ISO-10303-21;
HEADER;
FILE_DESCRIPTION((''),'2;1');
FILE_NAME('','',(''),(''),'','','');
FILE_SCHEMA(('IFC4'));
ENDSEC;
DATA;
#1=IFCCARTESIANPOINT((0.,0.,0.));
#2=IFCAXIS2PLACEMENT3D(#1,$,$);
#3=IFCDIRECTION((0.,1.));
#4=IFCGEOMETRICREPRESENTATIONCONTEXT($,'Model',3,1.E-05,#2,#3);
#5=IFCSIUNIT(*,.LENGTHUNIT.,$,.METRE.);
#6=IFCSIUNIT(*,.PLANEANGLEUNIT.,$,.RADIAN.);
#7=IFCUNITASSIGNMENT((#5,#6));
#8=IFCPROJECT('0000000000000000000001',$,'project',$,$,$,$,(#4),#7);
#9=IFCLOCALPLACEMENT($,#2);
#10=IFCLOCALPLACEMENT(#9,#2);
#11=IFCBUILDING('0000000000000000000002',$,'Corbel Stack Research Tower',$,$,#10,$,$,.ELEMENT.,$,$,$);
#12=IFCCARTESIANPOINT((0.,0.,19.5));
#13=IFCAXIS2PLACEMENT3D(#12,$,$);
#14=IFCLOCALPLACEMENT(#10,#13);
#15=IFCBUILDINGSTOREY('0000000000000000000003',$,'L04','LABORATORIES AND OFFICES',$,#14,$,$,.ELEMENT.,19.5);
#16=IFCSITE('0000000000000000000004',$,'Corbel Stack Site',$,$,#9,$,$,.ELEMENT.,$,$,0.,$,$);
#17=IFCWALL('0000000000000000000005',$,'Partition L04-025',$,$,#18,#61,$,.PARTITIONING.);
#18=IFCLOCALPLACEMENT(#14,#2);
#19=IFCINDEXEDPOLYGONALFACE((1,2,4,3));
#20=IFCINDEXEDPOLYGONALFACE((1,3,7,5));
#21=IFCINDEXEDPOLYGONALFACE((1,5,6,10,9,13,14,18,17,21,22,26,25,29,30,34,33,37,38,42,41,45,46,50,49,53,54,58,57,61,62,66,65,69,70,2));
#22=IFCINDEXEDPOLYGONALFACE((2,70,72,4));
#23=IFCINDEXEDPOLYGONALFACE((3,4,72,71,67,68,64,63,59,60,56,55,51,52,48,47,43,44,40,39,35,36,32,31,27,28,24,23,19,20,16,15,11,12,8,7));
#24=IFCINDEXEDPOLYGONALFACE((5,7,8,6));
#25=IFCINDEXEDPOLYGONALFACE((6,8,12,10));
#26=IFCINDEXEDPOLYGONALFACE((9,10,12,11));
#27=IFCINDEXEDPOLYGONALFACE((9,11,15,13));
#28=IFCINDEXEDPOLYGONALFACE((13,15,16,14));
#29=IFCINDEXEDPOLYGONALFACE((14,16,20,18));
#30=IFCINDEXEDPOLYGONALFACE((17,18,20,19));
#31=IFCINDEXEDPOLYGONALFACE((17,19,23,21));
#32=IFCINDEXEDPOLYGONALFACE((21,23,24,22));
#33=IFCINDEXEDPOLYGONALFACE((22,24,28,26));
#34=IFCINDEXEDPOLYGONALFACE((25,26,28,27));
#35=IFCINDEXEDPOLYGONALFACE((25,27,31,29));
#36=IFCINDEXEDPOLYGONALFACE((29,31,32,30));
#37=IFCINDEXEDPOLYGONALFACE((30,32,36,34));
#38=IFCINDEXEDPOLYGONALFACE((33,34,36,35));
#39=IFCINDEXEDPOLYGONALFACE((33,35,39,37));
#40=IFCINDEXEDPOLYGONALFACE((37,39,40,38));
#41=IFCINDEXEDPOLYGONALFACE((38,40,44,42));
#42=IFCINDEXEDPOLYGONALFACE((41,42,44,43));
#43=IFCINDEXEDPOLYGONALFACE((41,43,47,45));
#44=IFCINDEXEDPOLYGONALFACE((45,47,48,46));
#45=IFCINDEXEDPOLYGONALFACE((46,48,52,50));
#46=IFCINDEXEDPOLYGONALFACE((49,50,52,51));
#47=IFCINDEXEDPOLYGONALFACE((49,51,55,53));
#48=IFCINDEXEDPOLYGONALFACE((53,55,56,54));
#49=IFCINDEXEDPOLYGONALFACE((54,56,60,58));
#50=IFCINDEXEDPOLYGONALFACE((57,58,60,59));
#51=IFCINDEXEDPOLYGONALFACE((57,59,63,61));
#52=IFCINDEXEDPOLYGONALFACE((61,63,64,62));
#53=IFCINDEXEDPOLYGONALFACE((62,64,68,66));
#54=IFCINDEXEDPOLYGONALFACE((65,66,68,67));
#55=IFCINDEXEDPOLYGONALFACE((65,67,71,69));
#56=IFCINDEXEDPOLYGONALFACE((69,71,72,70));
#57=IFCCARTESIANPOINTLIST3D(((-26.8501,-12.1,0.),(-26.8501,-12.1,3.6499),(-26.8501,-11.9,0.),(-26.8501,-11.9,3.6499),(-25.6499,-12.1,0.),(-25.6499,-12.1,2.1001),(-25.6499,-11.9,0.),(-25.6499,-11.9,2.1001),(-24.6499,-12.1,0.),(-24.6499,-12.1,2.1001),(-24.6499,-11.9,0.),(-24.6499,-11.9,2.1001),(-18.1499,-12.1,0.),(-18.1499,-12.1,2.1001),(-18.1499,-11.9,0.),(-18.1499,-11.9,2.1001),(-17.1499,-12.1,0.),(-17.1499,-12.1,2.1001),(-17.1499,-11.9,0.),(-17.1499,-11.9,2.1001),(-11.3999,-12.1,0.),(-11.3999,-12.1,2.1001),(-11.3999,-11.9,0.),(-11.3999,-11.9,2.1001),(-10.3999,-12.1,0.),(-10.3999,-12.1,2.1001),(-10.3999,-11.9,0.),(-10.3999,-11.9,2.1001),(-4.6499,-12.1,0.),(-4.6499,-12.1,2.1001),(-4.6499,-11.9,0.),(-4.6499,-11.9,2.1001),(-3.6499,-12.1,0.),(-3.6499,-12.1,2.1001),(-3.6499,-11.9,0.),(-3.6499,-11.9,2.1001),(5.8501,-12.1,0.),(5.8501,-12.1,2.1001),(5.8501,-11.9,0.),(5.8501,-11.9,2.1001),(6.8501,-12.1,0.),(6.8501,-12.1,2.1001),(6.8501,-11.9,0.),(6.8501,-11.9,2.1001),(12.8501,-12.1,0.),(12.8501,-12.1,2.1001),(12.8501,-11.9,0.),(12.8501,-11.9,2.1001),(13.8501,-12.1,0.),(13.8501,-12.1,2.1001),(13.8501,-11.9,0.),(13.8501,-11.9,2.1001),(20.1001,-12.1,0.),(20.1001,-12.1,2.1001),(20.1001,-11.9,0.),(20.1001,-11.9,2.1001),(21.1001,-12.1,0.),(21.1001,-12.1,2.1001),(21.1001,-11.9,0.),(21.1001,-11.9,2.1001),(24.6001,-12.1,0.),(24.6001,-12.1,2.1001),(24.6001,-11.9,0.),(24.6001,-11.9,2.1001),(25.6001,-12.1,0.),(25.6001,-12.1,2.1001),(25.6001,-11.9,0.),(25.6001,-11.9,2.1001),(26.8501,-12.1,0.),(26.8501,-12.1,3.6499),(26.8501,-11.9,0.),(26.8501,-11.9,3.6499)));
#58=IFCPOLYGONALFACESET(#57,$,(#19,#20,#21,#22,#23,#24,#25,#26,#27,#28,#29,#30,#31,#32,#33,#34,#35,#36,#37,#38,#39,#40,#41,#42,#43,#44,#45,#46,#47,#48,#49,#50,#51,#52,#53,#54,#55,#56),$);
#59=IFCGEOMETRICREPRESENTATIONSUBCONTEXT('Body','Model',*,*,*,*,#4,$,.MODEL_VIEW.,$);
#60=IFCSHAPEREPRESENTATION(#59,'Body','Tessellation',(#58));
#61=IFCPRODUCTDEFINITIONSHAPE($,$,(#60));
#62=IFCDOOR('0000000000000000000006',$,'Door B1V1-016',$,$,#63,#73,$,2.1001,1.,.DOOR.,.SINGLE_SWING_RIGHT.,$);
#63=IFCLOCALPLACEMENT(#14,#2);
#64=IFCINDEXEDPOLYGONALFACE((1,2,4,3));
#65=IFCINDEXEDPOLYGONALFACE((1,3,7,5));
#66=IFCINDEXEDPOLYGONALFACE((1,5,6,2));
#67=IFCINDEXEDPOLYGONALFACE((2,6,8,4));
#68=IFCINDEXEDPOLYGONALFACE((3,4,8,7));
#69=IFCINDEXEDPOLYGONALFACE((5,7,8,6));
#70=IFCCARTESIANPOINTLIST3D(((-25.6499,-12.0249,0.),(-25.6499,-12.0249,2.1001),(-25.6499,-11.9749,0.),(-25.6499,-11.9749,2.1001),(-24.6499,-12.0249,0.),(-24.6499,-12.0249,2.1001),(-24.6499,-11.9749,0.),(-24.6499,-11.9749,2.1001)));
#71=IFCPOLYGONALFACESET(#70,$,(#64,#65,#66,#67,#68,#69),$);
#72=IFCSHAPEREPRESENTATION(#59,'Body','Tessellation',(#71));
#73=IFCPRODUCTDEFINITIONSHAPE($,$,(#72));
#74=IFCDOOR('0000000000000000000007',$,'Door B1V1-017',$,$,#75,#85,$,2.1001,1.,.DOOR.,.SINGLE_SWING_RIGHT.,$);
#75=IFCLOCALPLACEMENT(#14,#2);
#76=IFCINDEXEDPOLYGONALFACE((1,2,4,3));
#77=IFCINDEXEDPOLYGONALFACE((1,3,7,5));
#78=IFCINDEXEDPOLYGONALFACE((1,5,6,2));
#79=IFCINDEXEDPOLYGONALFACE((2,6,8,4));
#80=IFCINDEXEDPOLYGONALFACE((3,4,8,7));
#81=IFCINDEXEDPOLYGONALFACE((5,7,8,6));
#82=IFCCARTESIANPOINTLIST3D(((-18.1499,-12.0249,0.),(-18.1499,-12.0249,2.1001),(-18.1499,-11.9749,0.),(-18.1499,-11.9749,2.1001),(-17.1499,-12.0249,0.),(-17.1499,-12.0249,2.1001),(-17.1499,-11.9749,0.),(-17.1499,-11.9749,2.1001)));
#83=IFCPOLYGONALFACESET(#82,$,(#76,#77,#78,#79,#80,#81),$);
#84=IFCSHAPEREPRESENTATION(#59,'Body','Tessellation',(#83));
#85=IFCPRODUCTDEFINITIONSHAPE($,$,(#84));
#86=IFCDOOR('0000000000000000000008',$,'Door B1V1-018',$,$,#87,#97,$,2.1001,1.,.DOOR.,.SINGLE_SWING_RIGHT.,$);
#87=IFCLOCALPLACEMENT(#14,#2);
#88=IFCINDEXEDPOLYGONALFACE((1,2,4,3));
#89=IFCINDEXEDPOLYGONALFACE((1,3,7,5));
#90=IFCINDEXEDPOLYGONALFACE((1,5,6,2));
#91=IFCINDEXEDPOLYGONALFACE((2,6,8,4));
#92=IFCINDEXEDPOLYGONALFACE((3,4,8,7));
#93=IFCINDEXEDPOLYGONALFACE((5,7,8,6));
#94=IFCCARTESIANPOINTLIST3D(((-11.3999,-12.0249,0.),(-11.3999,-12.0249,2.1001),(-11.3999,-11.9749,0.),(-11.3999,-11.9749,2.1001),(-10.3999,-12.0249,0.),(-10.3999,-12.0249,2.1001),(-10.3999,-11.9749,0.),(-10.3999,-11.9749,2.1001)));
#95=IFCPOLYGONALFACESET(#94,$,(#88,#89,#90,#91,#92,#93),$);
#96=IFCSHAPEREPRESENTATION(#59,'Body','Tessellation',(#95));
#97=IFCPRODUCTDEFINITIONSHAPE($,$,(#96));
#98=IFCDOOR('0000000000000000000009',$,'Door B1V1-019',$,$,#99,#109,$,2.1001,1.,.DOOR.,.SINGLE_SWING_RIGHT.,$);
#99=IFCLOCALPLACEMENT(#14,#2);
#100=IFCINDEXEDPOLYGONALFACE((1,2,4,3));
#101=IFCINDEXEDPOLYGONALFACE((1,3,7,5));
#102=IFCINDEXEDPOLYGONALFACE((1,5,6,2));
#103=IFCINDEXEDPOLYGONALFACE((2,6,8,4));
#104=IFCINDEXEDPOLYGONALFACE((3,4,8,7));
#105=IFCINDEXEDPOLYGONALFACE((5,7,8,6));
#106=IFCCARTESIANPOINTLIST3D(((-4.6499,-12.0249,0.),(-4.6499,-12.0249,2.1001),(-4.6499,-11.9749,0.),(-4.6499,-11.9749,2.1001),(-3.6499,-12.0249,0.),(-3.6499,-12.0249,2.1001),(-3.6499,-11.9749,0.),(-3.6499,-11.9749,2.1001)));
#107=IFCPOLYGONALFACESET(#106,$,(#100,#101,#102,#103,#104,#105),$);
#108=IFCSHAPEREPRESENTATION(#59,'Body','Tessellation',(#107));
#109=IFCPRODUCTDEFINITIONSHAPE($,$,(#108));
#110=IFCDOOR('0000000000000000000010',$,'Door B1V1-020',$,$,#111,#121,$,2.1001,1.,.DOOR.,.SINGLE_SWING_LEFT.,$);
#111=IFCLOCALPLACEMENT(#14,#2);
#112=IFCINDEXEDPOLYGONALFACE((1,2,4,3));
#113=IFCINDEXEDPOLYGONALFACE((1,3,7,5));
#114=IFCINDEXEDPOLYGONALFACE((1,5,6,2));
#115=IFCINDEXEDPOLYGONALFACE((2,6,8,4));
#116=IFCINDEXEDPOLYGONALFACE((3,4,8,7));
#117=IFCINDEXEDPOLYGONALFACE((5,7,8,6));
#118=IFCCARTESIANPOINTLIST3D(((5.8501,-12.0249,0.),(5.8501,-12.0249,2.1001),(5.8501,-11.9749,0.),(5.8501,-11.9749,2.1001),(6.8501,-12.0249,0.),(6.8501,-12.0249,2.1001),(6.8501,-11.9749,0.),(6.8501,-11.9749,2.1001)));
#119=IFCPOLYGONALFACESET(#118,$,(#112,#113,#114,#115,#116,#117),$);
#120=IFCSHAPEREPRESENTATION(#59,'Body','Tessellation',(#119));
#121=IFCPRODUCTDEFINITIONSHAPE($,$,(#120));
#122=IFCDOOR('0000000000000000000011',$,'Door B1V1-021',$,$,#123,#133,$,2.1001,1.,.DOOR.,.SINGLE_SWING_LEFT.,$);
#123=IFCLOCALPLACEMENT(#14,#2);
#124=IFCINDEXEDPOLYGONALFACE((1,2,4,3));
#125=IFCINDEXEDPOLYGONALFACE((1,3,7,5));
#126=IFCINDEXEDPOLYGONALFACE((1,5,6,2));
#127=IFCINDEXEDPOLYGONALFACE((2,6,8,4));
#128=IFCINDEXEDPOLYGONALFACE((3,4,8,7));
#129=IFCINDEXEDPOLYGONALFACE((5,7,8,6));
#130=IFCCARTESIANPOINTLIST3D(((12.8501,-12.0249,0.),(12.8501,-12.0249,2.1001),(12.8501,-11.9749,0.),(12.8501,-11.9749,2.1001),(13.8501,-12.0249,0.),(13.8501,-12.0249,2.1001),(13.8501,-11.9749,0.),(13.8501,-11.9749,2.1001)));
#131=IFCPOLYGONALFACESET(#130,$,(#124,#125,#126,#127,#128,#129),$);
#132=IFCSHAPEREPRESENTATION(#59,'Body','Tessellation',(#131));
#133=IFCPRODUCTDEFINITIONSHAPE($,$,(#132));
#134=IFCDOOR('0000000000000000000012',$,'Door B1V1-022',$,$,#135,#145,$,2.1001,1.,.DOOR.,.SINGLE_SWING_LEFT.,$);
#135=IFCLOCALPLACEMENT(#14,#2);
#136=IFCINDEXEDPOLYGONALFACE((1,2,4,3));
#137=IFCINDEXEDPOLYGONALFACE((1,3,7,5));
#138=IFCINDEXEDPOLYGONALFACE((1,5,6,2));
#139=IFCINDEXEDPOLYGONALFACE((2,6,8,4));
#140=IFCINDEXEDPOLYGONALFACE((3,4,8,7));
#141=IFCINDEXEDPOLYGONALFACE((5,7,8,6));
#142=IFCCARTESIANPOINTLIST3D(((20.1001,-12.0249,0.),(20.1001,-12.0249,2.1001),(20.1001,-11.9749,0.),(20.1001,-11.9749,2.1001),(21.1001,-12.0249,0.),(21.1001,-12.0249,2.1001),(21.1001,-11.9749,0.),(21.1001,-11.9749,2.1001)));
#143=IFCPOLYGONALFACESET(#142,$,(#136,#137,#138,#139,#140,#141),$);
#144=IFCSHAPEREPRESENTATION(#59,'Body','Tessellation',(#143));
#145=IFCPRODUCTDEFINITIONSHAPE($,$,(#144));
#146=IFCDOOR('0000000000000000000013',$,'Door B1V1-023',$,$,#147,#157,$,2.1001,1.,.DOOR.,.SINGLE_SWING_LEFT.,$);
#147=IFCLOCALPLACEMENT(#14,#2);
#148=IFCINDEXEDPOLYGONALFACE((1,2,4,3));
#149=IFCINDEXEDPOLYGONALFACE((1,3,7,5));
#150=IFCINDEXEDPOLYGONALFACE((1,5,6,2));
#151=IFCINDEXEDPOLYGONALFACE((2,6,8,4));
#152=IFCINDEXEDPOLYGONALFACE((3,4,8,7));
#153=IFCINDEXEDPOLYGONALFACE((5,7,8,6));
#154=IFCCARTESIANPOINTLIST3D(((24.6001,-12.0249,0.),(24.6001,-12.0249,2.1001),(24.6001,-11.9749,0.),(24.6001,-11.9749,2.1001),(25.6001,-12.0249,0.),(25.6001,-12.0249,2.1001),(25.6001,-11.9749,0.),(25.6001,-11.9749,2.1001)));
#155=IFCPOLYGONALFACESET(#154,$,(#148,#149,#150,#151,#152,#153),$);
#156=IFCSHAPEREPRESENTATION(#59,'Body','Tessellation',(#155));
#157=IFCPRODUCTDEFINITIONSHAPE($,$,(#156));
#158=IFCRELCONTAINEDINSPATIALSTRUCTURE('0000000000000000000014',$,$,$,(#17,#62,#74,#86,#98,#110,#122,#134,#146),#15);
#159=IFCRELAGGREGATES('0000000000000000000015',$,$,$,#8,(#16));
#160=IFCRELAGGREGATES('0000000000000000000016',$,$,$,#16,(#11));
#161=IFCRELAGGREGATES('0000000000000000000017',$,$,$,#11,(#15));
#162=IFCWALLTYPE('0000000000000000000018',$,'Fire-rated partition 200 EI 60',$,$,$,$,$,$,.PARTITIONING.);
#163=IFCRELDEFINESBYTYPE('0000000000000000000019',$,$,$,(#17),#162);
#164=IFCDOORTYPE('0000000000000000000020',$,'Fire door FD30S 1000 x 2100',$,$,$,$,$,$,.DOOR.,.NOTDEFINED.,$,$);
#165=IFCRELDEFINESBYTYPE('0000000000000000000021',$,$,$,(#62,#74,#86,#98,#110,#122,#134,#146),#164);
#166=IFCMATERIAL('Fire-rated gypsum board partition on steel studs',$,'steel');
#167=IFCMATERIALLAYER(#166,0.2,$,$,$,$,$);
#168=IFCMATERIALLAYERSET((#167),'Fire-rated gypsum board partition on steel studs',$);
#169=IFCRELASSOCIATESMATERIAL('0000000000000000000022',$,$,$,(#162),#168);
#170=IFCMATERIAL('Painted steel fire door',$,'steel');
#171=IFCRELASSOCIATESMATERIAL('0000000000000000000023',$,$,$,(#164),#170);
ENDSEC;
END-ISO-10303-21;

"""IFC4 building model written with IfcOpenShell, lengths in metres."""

from ifc_helpers import new_model, si_unit, direction, frame, frame_2d, origin, place, context, subcontext, project, spatial, rectangle, extrude, material, layer, layer_set, type_object, element, fill, save


model = new_model("IFC4")

# Units and contexts
model_context = context("Model", 3, precision=1e-05, world=origin(), true_north=direction((0.0, 1.0)))
body_context = subcontext(model_context, "Body", "Model", "MODEL_VIEW")
ifc_project = project(units=[si_unit("LENGTHUNIT", "METRE"), si_unit("PLANEANGLEUNIT", "RADIAN")], contexts=[model_context])

# Site, building, storey
site_placement = place(None, origin())
site = spatial("IfcSite", under=ifc_project, at=site_placement, Name="Corbel Stack Site", CompositionType="ELEMENT", RefElevation=0.0)
building_placement = place(site_placement, origin())
building = spatial("IfcBuilding", under=site, at=building_placement, Name="Corbel Stack Research Tower", CompositionType="ELEMENT")
storey_placement = place(building_placement, frame((0.0, 0.0, 19.5)))
storey = spatial("IfcBuildingStorey", under=building, at=storey_placement, Name="L04", Description="LABORATORIES AND OFFICES", CompositionType="ELEMENT", Elevation=19.5)

# Shared definitions
ifc_material_1 = material(Name="Fire-rated gypsum board partition on steel studs", Category="steel")
ifc_layer_1 = layer(ifc_material_1, 0.2)
ifc_layer_set_1 = layer_set([ifc_layer_1], Name="Fire-rated gypsum board partition on steel studs")
wall_type_1 = type_object("IfcWallType", Name="Fire-rated partition 200 EI 60", PredefinedType="PARTITIONING", material=ifc_layer_set_1)

# Wall, openings, doors
wall_1_placement = place(storey_placement, frame((26.8501, -12.0, 0.0), z_axis=(0.0, 0.0, 1.0), x_axis=(-1.0, 0.0, 0.0)))
wall_1 = element("IfcWall", 1, at=wall_1_placement, inside=storey, type_object=wall_type_1, Name="Partition L04-025", PredefinedType="PARTITIONING", context=body_context, shape_type="SweptSolid", body=[
    extrude(rectangle(XDim=53.7002, YDim=0.2, at=frame_2d((26.8501, 0.0))), origin(), (0.0, 0.0, 1.0), 3.6499),
])
opening_1_placement = place(wall_1_placement, frame((51.5, 0.0, 0.0)))
opening_1 = element("IfcOpeningElement", 2, at=opening_1_placement, cuts=wall_1, PredefinedType="OPENING", context=body_context, shape_type="SweptSolid", body=[
    extrude(rectangle(XDim=1.0, YDim=2.1001, at=frame_2d((0.5, 1.05))), frame((0.0, 0.1099, 0.0), z_axis=(0.0, -1.0, 0.0), x_axis=(1.0, 0.0, 0.0)), (0.0, 0.0, 1.0), 0.22),
])
opening_2_placement = place(wall_1_placement, frame((44.0, 0.0, 0.0)))
opening_2 = element("IfcOpeningElement", 3, at=opening_2_placement, cuts=wall_1, PredefinedType="OPENING", context=body_context, shape_type="SweptSolid", body=[
    extrude(rectangle(XDim=1.0, YDim=2.1001, at=frame_2d((0.5, 1.05))), frame((0.0, 0.1099, 0.0), z_axis=(0.0, -1.0, 0.0), x_axis=(1.0, 0.0, 0.0)), (0.0, 0.0, 1.0), 0.22),
])
opening_3_placement = place(wall_1_placement, frame((37.25, 0.0, 0.0)))
opening_3 = element("IfcOpeningElement", 4, at=opening_3_placement, cuts=wall_1, PredefinedType="OPENING", context=body_context, shape_type="SweptSolid", body=[
    extrude(rectangle(XDim=1.0, YDim=2.1001, at=frame_2d((0.5, 1.05))), frame((0.0, 0.1099, 0.0), z_axis=(0.0, -1.0, 0.0), x_axis=(1.0, 0.0, 0.0)), (0.0, 0.0, 1.0), 0.22),
])
opening_4_placement = place(wall_1_placement, frame((30.5, 0.0, 0.0)))
opening_4 = element("IfcOpeningElement", 5, at=opening_4_placement, cuts=wall_1, PredefinedType="OPENING", context=body_context, shape_type="SweptSolid", body=[
    extrude(rectangle(XDim=1.0, YDim=2.1001, at=frame_2d((0.5, 1.05))), frame((0.0, 0.1099, 0.0), z_axis=(0.0, -1.0, 0.0), x_axis=(1.0, 0.0, 0.0)), (0.0, 0.0, 1.0), 0.22),
])
opening_5_placement = place(wall_1_placement, frame((20.0, 0.0, 0.0)))
opening_5 = element("IfcOpeningElement", 6, at=opening_5_placement, cuts=wall_1, PredefinedType="OPENING", context=body_context, shape_type="SweptSolid", body=[
    extrude(rectangle(XDim=1.0, YDim=2.1001, at=frame_2d((0.5, 1.05))), frame((0.0, 0.1099, 0.0), z_axis=(0.0, -1.0, 0.0), x_axis=(1.0, 0.0, 0.0)), (0.0, 0.0, 1.0), 0.22),
])
opening_6_placement = place(wall_1_placement, frame((13.0, 0.0, 0.0)))
opening_6 = element("IfcOpeningElement", 7, at=opening_6_placement, cuts=wall_1, PredefinedType="OPENING", context=body_context, shape_type="SweptSolid", body=[
    extrude(rectangle(XDim=1.0, YDim=2.1001, at=frame_2d((0.5, 1.05))), frame((0.0, 0.1099, 0.0), z_axis=(0.0, -1.0, 0.0), x_axis=(1.0, 0.0, 0.0)), (0.0, 0.0, 1.0), 0.22),
])
opening_7_placement = place(wall_1_placement, frame((5.75, 0.0, 0.0)))
opening_7 = element("IfcOpeningElement", 8, at=opening_7_placement, cuts=wall_1, PredefinedType="OPENING", context=body_context, shape_type="SweptSolid", body=[
    extrude(rectangle(XDim=1.0, YDim=2.1001, at=frame_2d((0.5, 1.05))), frame((0.0, 0.1099, 0.0), z_axis=(0.0, -1.0, 0.0), x_axis=(1.0, 0.0, 0.0)), (0.0, 0.0, 1.0), 0.22),
])
opening_8_placement = place(wall_1_placement, frame((1.25, 0.0, 0.0)))
opening_8 = element("IfcOpeningElement", 9, at=opening_8_placement, cuts=wall_1, PredefinedType="OPENING", context=body_context, shape_type="SweptSolid", body=[
    extrude(rectangle(XDim=1.0, YDim=2.1001, at=frame_2d((0.5, 1.05))), frame((0.0, 0.1099, 0.0), z_axis=(0.0, -1.0, 0.0), x_axis=(1.0, 0.0, 0.0)), (0.0, 0.0, 1.0), 0.22),
])
ifc_material_2 = material(Name="Painted steel fire door", Category="steel")
door_type_1 = type_object("IfcDoorType", Name="Fire door FD30S 1000 x 2100", OperationType="NOTDEFINED", PredefinedType="DOOR", material=ifc_material_2)
door_1_placement = place(opening_1_placement, origin())
door_1 = element("IfcDoor", 10, at=door_1_placement, inside=storey, type_object=door_type_1, Name="Door B1V1-016", OperationType="SINGLE_SWING_RIGHT", OverallHeight=2.1001, OverallWidth=1.0, PredefinedType="DOOR", context=body_context, shape_type="SweptSolid", body=[
    extrude(rectangle(XDim=1.0, YDim=2.1001, at=frame_2d((0.5, 1.05))), frame((0.0, 0.0249, 0.0), z_axis=(0.0, -1.0, 0.0), x_axis=(1.0, 0.0, 0.0)), (0.0, 0.0, 1.0), 0.05),
])
fill(opening_1, door_1)
door_2_placement = place(opening_2_placement, origin())
door_2 = element("IfcDoor", 11, at=door_2_placement, inside=storey, type_object=door_type_1, Name="Door B1V1-017", OperationType="SINGLE_SWING_RIGHT", OverallHeight=2.1001, OverallWidth=1.0, PredefinedType="DOOR", context=body_context, shape_type="SweptSolid", body=[
    extrude(rectangle(XDim=1.0, YDim=2.1001, at=frame_2d((0.5, 1.05))), frame((0.0, 0.0249, 0.0), z_axis=(0.0, -1.0, 0.0), x_axis=(1.0, 0.0, 0.0)), (0.0, 0.0, 1.0), 0.05),
])
fill(opening_2, door_2)
door_3_placement = place(opening_3_placement, origin())
door_3 = element("IfcDoor", 12, at=door_3_placement, inside=storey, type_object=door_type_1, Name="Door B1V1-018", OperationType="SINGLE_SWING_RIGHT", OverallHeight=2.1001, OverallWidth=1.0, PredefinedType="DOOR", context=body_context, shape_type="SweptSolid", body=[
    extrude(rectangle(XDim=1.0, YDim=2.1001, at=frame_2d((0.5, 1.05))), frame((0.0, 0.0249, 0.0), z_axis=(0.0, -1.0, 0.0), x_axis=(1.0, 0.0, 0.0)), (0.0, 0.0, 1.0), 0.05),
])
fill(opening_3, door_3)
door_4_placement = place(opening_4_placement, origin())
door_4 = element("IfcDoor", 13, at=door_4_placement, inside=storey, type_object=door_type_1, Name="Door B1V1-019", OperationType="SINGLE_SWING_RIGHT", OverallHeight=2.1001, OverallWidth=1.0, PredefinedType="DOOR", context=body_context, shape_type="SweptSolid", body=[
    extrude(rectangle(XDim=1.0, YDim=2.1001, at=frame_2d((0.5, 1.05))), frame((0.0, 0.0249, 0.0), z_axis=(0.0, -1.0, 0.0), x_axis=(1.0, 0.0, 0.0)), (0.0, 0.0, 1.0), 0.05),
])
fill(opening_4, door_4)
door_5_placement = place(opening_5_placement, origin())
door_5 = element("IfcDoor", 14, at=door_5_placement, inside=storey, type_object=door_type_1, Name="Door B1V1-020", OperationType="SINGLE_SWING_LEFT", OverallHeight=2.1001, OverallWidth=1.0, PredefinedType="DOOR", context=body_context, shape_type="SweptSolid", body=[
    extrude(rectangle(XDim=1.0, YDim=2.1001, at=frame_2d((0.5, 1.05))), frame((0.0, 0.0249, 0.0), z_axis=(0.0, -1.0, 0.0), x_axis=(1.0, 0.0, 0.0)), (0.0, 0.0, 1.0), 0.05),
])
fill(opening_5, door_5)
door_6_placement = place(opening_6_placement, origin())
door_6 = element("IfcDoor", 15, at=door_6_placement, inside=storey, type_object=door_type_1, Name="Door B1V1-021", OperationType="SINGLE_SWING_LEFT", OverallHeight=2.1001, OverallWidth=1.0, PredefinedType="DOOR", context=body_context, shape_type="SweptSolid", body=[
    extrude(rectangle(XDim=1.0, YDim=2.1001, at=frame_2d((0.5, 1.05))), frame((0.0, 0.0249, 0.0), z_axis=(0.0, -1.0, 0.0), x_axis=(1.0, 0.0, 0.0)), (0.0, 0.0, 1.0), 0.05),
])
fill(opening_6, door_6)
door_7_placement = place(opening_7_placement, origin())
door_7 = element("IfcDoor", 16, at=door_7_placement, inside=storey, type_object=door_type_1, Name="Door B1V1-022", OperationType="SINGLE_SWING_LEFT", OverallHeight=2.1001, OverallWidth=1.0, PredefinedType="DOOR", context=body_context, shape_type="SweptSolid", body=[
    extrude(rectangle(XDim=1.0, YDim=2.1001, at=frame_2d((0.5, 1.05))), frame((0.0, 0.0249, 0.0), z_axis=(0.0, -1.0, 0.0), x_axis=(1.0, 0.0, 0.0)), (0.0, 0.0, 1.0), 0.05),
])
fill(opening_7, door_7)
door_8_placement = place(opening_8_placement, origin())
door_8 = element("IfcDoor", 17, at=door_8_placement, inside=storey, type_object=door_type_1, Name="Door B1V1-023", OperationType="SINGLE_SWING_LEFT", OverallHeight=2.1001, OverallWidth=1.0, PredefinedType="DOOR", context=body_context, shape_type="SweptSolid", body=[
    extrude(rectangle(XDim=1.0, YDim=2.1001, at=frame_2d((0.5, 1.05))), frame((0.0, 0.0249, 0.0), z_axis=(0.0, -1.0, 0.0), x_axis=(1.0, 0.0, 0.0)), (0.0, 0.0, 1.0), 0.05),
])
fill(opening_8, door_8)

save(model, "model.ifc")
